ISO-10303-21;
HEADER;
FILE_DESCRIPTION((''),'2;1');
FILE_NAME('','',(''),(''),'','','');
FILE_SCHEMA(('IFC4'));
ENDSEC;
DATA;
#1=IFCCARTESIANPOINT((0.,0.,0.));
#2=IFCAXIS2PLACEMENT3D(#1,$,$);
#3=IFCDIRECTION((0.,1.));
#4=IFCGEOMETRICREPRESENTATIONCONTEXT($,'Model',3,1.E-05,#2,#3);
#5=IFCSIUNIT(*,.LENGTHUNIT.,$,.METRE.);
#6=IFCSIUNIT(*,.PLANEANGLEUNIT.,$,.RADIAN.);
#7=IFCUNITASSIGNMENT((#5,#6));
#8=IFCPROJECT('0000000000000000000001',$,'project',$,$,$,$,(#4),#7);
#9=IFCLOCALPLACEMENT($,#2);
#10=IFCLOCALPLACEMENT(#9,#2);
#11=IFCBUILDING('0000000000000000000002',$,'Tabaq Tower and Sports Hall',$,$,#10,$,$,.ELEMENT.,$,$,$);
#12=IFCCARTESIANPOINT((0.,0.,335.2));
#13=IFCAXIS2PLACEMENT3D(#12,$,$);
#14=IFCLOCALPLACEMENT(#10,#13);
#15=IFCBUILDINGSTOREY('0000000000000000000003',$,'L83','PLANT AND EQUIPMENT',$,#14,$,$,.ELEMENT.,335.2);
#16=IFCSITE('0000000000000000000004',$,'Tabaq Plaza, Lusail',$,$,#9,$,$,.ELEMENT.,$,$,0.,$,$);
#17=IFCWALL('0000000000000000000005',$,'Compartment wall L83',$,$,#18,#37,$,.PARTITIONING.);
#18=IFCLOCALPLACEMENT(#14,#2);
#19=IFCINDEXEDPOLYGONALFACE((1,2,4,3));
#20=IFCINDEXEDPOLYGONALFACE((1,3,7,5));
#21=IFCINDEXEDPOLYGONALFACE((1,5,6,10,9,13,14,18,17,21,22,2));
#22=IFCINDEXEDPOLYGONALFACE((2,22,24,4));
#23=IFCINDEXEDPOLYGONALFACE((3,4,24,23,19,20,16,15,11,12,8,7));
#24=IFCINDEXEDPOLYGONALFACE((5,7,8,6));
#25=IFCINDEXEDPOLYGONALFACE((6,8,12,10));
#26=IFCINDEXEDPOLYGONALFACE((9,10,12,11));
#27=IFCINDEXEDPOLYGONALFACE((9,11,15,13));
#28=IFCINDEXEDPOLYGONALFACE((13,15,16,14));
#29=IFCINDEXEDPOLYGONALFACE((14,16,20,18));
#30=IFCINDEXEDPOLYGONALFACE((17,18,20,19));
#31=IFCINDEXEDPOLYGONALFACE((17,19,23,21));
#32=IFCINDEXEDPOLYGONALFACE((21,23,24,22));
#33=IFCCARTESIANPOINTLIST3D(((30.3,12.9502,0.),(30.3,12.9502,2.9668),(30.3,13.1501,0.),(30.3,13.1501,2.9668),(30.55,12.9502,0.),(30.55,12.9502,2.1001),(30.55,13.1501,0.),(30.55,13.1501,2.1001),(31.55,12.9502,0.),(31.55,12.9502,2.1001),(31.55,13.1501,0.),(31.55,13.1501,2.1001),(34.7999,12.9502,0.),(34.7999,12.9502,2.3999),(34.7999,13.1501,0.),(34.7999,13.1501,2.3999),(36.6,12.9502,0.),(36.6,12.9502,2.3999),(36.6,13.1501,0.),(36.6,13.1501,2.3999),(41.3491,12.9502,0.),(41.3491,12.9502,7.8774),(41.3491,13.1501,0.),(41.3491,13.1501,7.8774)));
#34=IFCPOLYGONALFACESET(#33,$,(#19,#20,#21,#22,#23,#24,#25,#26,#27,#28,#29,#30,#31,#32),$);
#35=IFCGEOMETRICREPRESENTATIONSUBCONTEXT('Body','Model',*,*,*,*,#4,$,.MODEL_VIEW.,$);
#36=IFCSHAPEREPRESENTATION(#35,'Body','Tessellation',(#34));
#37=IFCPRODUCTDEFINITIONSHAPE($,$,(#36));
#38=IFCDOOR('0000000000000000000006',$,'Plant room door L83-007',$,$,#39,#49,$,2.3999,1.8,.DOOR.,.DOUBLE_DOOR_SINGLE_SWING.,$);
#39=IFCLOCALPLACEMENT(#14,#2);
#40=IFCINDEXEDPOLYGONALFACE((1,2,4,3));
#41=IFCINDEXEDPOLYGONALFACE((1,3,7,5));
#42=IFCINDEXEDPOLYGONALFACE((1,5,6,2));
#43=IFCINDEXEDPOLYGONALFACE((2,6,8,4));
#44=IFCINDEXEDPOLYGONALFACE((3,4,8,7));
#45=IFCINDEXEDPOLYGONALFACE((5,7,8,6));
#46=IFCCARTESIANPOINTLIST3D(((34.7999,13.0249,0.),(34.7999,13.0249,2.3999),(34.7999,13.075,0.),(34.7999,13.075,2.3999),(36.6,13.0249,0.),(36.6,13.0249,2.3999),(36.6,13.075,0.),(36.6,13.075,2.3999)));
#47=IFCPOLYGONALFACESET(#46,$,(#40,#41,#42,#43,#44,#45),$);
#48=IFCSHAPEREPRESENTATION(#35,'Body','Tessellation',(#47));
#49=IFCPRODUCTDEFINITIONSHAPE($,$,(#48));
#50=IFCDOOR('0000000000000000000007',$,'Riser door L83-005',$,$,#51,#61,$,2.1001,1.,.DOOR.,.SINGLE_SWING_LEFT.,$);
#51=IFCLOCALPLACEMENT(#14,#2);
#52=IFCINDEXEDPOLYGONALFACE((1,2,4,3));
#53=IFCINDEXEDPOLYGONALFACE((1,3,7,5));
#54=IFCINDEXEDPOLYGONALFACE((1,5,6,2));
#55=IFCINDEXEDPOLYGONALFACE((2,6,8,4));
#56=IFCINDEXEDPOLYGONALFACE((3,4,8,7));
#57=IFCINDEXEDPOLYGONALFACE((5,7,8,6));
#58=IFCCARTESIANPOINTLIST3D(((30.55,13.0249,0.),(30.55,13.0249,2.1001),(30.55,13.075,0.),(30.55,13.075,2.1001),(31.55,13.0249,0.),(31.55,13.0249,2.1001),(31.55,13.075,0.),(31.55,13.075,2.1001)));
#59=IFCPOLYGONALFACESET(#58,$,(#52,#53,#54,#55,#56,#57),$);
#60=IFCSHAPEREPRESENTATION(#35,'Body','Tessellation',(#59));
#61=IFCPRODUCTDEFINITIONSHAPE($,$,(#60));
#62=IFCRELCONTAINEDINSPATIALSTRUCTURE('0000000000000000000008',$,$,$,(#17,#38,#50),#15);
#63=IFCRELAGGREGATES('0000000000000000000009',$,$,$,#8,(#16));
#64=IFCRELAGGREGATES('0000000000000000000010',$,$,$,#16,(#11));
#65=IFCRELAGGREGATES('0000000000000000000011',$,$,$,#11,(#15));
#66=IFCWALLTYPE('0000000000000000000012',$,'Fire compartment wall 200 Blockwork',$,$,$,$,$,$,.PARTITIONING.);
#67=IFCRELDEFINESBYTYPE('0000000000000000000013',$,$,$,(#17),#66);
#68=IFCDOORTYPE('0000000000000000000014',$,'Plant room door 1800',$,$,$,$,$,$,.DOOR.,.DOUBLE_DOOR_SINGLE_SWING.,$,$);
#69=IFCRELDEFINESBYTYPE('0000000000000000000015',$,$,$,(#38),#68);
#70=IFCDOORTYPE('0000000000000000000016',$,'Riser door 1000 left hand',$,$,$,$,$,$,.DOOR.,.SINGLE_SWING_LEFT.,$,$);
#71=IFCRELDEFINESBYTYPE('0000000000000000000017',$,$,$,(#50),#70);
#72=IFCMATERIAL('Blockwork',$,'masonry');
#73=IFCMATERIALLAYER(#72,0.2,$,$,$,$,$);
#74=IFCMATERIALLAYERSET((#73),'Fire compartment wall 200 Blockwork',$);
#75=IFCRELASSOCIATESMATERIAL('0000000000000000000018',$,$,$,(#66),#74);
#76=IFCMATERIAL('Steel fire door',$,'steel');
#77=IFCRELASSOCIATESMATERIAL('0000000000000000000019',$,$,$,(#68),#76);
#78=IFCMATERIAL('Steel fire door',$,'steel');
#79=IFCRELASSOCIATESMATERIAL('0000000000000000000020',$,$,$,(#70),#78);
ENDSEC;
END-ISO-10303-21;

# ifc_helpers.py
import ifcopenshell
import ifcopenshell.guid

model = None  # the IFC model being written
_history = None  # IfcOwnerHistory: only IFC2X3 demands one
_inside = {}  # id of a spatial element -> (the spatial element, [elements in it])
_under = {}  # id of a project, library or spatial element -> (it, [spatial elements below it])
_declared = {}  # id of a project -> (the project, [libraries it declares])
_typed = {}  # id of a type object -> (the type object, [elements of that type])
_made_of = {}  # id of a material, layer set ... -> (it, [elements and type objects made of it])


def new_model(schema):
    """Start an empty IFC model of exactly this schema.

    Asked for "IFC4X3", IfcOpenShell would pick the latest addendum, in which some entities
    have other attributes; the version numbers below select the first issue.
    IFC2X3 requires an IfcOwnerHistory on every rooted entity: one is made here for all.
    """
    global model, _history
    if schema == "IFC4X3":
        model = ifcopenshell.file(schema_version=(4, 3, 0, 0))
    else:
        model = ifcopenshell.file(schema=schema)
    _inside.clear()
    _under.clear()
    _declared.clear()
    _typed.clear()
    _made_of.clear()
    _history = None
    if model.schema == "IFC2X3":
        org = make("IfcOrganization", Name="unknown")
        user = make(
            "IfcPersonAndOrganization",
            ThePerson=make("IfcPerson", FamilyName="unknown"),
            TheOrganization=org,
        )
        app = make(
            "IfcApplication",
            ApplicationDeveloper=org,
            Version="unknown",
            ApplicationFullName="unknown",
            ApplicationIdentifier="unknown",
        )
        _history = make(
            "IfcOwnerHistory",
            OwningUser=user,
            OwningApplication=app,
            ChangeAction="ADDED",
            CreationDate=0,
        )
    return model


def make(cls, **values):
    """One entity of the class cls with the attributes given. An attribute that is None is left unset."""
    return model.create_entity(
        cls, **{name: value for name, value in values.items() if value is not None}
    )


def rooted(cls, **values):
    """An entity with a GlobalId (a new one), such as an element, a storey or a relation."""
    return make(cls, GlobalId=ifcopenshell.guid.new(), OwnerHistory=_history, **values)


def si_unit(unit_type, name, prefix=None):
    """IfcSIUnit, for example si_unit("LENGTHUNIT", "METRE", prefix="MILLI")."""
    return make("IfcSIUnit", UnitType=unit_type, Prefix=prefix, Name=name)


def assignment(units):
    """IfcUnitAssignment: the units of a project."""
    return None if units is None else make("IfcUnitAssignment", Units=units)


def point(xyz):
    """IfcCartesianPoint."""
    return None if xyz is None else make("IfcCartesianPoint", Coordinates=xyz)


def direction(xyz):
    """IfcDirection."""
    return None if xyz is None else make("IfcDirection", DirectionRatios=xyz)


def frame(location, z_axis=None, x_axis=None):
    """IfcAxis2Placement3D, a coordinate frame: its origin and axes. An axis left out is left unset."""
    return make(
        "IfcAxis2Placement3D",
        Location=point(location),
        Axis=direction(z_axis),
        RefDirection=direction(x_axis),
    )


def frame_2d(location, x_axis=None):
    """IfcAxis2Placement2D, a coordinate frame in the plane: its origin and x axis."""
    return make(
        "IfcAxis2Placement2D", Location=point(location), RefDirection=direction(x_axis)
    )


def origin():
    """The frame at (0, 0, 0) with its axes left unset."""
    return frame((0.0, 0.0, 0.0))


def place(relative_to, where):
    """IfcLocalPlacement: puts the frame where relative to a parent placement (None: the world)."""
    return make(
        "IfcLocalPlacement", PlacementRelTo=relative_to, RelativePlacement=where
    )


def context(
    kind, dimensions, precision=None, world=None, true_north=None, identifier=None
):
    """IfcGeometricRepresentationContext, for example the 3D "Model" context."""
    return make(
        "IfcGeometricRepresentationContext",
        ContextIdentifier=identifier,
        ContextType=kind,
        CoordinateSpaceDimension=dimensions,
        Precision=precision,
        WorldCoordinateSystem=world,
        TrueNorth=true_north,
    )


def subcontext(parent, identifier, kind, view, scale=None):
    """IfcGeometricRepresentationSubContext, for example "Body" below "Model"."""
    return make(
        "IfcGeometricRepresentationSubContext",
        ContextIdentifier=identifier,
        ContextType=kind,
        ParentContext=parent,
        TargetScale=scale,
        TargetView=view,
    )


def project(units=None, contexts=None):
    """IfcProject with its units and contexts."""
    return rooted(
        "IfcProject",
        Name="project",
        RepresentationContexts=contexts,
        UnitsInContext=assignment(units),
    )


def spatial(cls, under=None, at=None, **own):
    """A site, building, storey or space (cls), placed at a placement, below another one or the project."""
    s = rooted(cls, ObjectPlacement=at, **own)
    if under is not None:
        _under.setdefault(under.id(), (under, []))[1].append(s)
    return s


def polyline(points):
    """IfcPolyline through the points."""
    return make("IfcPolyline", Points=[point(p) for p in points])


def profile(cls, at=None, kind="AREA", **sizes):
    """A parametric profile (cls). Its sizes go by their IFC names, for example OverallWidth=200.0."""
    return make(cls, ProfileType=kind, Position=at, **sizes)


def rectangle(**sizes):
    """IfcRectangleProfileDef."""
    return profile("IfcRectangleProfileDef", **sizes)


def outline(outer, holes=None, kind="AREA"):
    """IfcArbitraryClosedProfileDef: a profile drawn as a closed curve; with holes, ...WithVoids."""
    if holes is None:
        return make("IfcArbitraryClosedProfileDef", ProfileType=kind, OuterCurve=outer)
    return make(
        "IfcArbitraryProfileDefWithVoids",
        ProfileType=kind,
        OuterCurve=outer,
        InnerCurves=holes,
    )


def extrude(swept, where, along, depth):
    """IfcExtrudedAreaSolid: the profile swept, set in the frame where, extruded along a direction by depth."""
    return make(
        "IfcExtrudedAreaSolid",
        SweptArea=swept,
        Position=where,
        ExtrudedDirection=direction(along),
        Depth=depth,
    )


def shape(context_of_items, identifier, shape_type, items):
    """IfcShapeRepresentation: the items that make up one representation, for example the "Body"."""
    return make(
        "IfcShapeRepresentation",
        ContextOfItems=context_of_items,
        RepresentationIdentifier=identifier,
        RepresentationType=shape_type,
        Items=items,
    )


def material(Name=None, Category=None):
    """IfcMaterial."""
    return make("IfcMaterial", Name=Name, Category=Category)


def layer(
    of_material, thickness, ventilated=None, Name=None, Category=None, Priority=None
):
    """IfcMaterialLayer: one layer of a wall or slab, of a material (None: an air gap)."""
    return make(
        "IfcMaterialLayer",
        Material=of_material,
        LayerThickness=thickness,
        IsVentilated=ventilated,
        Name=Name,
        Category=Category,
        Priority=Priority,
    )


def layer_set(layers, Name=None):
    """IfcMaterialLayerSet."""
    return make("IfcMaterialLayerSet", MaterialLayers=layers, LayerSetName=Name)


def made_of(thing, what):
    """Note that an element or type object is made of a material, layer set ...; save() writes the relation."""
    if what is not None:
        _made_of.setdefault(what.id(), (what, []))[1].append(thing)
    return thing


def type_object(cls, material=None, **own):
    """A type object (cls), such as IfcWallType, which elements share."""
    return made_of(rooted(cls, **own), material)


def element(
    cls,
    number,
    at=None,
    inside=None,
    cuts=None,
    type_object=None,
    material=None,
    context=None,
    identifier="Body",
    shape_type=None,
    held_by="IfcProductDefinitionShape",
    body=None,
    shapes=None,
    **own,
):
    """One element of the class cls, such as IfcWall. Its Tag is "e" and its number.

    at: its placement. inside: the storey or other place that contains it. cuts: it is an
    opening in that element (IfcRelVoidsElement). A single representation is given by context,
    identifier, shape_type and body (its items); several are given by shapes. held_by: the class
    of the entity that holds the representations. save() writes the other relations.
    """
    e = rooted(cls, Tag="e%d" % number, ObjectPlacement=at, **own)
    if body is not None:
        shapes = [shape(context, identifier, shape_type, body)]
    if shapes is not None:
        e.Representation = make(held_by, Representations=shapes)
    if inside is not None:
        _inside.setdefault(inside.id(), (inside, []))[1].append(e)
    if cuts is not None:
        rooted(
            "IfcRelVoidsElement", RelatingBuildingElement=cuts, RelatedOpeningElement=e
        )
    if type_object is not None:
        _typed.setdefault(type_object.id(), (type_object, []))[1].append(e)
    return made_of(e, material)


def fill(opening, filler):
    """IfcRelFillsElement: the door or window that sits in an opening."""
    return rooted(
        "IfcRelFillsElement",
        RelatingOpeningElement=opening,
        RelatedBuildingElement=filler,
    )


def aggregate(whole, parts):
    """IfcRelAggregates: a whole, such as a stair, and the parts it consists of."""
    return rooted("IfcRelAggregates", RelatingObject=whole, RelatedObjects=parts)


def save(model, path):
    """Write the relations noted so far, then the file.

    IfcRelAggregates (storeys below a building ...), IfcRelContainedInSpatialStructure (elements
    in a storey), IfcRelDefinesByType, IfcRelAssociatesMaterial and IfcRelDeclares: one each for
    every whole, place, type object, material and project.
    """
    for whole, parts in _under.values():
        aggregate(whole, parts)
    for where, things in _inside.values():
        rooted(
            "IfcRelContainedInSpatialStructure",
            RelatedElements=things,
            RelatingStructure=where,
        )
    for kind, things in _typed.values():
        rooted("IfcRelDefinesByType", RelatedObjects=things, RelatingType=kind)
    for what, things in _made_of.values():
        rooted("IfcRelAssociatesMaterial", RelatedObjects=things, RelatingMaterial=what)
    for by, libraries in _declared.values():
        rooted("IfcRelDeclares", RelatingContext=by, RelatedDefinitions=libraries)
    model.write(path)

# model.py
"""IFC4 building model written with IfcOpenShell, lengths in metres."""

from ifc_helpers import new_model, si_unit, direction, frame, frame_2d, origin, place, context, subcontext, project, spatial, polyline, rectangle, outline, extrude, material, layer, layer_set, type_object, element, fill, save


model = new_model("IFC4")

# Units and contexts
model_context = context("Model", 3, precision=1e-05, world=origin(), true_north=direction((0.0, 1.0)))
body_context = subcontext(model_context, "Body", "Model", "MODEL_VIEW")
ifc_project = project(units=[si_unit("LENGTHUNIT", "METRE"), si_unit("PLANEANGLEUNIT", "RADIAN")], contexts=[model_context])

# Site, building, storey
site_placement = place(None, origin())
site = spatial("IfcSite", under=ifc_project, at=site_placement, Name="Tabaq Plaza, Lusail", CompositionType="ELEMENT", RefElevation=0.0)
building_placement = place(site_placement, origin())
building = spatial("IfcBuilding", under=site, at=building_placement, Name="Tabaq Tower and Sports Hall", CompositionType="ELEMENT")
storey_placement = place(building_placement, frame((0.0, 0.0, 335.2)))
storey = spatial("IfcBuildingStorey", under=building, at=storey_placement, Name="L83", Description="PLANT AND EQUIPMENT", CompositionType="ELEMENT", Elevation=335.2)

# Wall, openings, doors
ifc_material_1 = material(Name="Blockwork", Category="masonry")
ifc_layer_1 = layer(ifc_material_1, 0.2)
ifc_layer_set_1 = layer_set([ifc_layer_1], Name="Fire compartment wall 200 Blockwork")
wall_type_1 = type_object("IfcWallType", Name="Fire compartment wall 200 Blockwork", PredefinedType="PARTITIONING", material=ifc_layer_set_1)
wall_1_placement = place(storey_placement, frame((30.3, 13.05, 0.0), z_axis=(0.0, 0.0, 1.0), x_axis=(1.0, 0.0, 0.0)))
wall_1 = element("IfcWall", 1, at=wall_1_placement, inside=storey, type_object=wall_type_1, Name="Compartment wall L83", PredefinedType="PARTITIONING", context=body_context, shape_type="SweptSolid", body=[
    extrude(outline(polyline([(0.0, 0.0), (11.0491, 0.0), (11.0491, 7.8774), (0.0, 2.9668), (0.0, 0.0)])), frame((0.0, 0.1001, 0.0), z_axis=(0.0, -1.0, 0.0), x_axis=(1.0, 0.0, 0.0)), (0.0, 0.0, 1.0), 0.2),
])
opening_1_placement = place(wall_1_placement, frame((0.25, 0.0, 0.0)))
opening_1 = element("IfcOpeningElement", 2, at=opening_1_placement, cuts=wall_1, PredefinedType="OPENING", context=body_context, shape_type="SweptSolid", body=[
    extrude(rectangle(XDim=1.0, YDim=2.1001, at=frame_2d((0.5, 1.05))), frame((0.0, 0.1001, 0.0), z_axis=(0.0, -1.0, 0.0), x_axis=(1.0, 0.0, 0.0)), (0.0, 0.0, 1.0), 0.2),
])
opening_2_placement = place(wall_1_placement, frame((4.5, 0.0, 0.0)))
opening_2 = element("IfcOpeningElement", 3, at=opening_2_placement, cuts=wall_1, PredefinedType="OPENING", context=body_context, shape_type="SweptSolid", body=[
    extrude(rectangle(XDim=1.8, YDim=2.3999, at=frame_2d((0.8999, 1.2))), frame((0.0, 0.1001, 0.0), z_axis=(0.0, -1.0, 0.0), x_axis=(1.0, 0.0, 0.0)), (0.0, 0.0, 1.0), 0.2),
])
ifc_material_2 = material(Name="Steel fire door", Category="steel")
door_type_1 = type_object("IfcDoorType", Name="Plant room door 1800", OperationType="DOUBLE_DOOR_SINGLE_SWING", PredefinedType="DOOR", material=ifc_material_2)
door_1_placement = place(opening_2_placement, origin())
door_1 = element("IfcDoor", 4, at=door_1_placement, inside=storey, type_object=door_type_1, Name="Plant room door L83-007", OperationType="DOUBLE_DOOR_SINGLE_SWING", OverallHeight=2.3999, OverallWidth=1.8, PredefinedType="DOOR", context=body_context, shape_type="SweptSolid", body=[
    extrude(rectangle(XDim=1.8, YDim=2.3999, at=frame_2d((0.8999, 1.2))), frame((0.0, 0.0249, 0.0), z_axis=(0.0, -1.0, 0.0), x_axis=(1.0, 0.0, 0.0)), (0.0, 0.0, 1.0), 0.05),
])
fill(opening_2, door_1)
ifc_material_3 = material(Name="Steel fire door", Category="steel")
door_type_2 = type_object("IfcDoorType", Name="Riser door 1000 left hand", OperationType="SINGLE_SWING_LEFT", PredefinedType="DOOR", material=ifc_material_3)
door_2_placement = place(opening_1_placement, origin())
door_2 = element("IfcDoor", 5, at=door_2_placement, inside=storey, type_object=door_type_2, Name="Riser door L83-005", OperationType="SINGLE_SWING_LEFT", OverallHeight=2.1001, OverallWidth=1.0, PredefinedType="DOOR", context=body_context, shape_type="SweptSolid", body=[
    extrude(rectangle(XDim=1.0, YDim=2.1001, at=frame_2d((0.5, 1.05))), frame((0.0, 0.0249, 0.0), z_axis=(0.0, -1.0, 0.0), x_axis=(1.0, 0.0, 0.0)), (0.0, 0.0, 1.0), 0.05),
])
fill(opening_1, door_2)

save(model, "model.ifc")
